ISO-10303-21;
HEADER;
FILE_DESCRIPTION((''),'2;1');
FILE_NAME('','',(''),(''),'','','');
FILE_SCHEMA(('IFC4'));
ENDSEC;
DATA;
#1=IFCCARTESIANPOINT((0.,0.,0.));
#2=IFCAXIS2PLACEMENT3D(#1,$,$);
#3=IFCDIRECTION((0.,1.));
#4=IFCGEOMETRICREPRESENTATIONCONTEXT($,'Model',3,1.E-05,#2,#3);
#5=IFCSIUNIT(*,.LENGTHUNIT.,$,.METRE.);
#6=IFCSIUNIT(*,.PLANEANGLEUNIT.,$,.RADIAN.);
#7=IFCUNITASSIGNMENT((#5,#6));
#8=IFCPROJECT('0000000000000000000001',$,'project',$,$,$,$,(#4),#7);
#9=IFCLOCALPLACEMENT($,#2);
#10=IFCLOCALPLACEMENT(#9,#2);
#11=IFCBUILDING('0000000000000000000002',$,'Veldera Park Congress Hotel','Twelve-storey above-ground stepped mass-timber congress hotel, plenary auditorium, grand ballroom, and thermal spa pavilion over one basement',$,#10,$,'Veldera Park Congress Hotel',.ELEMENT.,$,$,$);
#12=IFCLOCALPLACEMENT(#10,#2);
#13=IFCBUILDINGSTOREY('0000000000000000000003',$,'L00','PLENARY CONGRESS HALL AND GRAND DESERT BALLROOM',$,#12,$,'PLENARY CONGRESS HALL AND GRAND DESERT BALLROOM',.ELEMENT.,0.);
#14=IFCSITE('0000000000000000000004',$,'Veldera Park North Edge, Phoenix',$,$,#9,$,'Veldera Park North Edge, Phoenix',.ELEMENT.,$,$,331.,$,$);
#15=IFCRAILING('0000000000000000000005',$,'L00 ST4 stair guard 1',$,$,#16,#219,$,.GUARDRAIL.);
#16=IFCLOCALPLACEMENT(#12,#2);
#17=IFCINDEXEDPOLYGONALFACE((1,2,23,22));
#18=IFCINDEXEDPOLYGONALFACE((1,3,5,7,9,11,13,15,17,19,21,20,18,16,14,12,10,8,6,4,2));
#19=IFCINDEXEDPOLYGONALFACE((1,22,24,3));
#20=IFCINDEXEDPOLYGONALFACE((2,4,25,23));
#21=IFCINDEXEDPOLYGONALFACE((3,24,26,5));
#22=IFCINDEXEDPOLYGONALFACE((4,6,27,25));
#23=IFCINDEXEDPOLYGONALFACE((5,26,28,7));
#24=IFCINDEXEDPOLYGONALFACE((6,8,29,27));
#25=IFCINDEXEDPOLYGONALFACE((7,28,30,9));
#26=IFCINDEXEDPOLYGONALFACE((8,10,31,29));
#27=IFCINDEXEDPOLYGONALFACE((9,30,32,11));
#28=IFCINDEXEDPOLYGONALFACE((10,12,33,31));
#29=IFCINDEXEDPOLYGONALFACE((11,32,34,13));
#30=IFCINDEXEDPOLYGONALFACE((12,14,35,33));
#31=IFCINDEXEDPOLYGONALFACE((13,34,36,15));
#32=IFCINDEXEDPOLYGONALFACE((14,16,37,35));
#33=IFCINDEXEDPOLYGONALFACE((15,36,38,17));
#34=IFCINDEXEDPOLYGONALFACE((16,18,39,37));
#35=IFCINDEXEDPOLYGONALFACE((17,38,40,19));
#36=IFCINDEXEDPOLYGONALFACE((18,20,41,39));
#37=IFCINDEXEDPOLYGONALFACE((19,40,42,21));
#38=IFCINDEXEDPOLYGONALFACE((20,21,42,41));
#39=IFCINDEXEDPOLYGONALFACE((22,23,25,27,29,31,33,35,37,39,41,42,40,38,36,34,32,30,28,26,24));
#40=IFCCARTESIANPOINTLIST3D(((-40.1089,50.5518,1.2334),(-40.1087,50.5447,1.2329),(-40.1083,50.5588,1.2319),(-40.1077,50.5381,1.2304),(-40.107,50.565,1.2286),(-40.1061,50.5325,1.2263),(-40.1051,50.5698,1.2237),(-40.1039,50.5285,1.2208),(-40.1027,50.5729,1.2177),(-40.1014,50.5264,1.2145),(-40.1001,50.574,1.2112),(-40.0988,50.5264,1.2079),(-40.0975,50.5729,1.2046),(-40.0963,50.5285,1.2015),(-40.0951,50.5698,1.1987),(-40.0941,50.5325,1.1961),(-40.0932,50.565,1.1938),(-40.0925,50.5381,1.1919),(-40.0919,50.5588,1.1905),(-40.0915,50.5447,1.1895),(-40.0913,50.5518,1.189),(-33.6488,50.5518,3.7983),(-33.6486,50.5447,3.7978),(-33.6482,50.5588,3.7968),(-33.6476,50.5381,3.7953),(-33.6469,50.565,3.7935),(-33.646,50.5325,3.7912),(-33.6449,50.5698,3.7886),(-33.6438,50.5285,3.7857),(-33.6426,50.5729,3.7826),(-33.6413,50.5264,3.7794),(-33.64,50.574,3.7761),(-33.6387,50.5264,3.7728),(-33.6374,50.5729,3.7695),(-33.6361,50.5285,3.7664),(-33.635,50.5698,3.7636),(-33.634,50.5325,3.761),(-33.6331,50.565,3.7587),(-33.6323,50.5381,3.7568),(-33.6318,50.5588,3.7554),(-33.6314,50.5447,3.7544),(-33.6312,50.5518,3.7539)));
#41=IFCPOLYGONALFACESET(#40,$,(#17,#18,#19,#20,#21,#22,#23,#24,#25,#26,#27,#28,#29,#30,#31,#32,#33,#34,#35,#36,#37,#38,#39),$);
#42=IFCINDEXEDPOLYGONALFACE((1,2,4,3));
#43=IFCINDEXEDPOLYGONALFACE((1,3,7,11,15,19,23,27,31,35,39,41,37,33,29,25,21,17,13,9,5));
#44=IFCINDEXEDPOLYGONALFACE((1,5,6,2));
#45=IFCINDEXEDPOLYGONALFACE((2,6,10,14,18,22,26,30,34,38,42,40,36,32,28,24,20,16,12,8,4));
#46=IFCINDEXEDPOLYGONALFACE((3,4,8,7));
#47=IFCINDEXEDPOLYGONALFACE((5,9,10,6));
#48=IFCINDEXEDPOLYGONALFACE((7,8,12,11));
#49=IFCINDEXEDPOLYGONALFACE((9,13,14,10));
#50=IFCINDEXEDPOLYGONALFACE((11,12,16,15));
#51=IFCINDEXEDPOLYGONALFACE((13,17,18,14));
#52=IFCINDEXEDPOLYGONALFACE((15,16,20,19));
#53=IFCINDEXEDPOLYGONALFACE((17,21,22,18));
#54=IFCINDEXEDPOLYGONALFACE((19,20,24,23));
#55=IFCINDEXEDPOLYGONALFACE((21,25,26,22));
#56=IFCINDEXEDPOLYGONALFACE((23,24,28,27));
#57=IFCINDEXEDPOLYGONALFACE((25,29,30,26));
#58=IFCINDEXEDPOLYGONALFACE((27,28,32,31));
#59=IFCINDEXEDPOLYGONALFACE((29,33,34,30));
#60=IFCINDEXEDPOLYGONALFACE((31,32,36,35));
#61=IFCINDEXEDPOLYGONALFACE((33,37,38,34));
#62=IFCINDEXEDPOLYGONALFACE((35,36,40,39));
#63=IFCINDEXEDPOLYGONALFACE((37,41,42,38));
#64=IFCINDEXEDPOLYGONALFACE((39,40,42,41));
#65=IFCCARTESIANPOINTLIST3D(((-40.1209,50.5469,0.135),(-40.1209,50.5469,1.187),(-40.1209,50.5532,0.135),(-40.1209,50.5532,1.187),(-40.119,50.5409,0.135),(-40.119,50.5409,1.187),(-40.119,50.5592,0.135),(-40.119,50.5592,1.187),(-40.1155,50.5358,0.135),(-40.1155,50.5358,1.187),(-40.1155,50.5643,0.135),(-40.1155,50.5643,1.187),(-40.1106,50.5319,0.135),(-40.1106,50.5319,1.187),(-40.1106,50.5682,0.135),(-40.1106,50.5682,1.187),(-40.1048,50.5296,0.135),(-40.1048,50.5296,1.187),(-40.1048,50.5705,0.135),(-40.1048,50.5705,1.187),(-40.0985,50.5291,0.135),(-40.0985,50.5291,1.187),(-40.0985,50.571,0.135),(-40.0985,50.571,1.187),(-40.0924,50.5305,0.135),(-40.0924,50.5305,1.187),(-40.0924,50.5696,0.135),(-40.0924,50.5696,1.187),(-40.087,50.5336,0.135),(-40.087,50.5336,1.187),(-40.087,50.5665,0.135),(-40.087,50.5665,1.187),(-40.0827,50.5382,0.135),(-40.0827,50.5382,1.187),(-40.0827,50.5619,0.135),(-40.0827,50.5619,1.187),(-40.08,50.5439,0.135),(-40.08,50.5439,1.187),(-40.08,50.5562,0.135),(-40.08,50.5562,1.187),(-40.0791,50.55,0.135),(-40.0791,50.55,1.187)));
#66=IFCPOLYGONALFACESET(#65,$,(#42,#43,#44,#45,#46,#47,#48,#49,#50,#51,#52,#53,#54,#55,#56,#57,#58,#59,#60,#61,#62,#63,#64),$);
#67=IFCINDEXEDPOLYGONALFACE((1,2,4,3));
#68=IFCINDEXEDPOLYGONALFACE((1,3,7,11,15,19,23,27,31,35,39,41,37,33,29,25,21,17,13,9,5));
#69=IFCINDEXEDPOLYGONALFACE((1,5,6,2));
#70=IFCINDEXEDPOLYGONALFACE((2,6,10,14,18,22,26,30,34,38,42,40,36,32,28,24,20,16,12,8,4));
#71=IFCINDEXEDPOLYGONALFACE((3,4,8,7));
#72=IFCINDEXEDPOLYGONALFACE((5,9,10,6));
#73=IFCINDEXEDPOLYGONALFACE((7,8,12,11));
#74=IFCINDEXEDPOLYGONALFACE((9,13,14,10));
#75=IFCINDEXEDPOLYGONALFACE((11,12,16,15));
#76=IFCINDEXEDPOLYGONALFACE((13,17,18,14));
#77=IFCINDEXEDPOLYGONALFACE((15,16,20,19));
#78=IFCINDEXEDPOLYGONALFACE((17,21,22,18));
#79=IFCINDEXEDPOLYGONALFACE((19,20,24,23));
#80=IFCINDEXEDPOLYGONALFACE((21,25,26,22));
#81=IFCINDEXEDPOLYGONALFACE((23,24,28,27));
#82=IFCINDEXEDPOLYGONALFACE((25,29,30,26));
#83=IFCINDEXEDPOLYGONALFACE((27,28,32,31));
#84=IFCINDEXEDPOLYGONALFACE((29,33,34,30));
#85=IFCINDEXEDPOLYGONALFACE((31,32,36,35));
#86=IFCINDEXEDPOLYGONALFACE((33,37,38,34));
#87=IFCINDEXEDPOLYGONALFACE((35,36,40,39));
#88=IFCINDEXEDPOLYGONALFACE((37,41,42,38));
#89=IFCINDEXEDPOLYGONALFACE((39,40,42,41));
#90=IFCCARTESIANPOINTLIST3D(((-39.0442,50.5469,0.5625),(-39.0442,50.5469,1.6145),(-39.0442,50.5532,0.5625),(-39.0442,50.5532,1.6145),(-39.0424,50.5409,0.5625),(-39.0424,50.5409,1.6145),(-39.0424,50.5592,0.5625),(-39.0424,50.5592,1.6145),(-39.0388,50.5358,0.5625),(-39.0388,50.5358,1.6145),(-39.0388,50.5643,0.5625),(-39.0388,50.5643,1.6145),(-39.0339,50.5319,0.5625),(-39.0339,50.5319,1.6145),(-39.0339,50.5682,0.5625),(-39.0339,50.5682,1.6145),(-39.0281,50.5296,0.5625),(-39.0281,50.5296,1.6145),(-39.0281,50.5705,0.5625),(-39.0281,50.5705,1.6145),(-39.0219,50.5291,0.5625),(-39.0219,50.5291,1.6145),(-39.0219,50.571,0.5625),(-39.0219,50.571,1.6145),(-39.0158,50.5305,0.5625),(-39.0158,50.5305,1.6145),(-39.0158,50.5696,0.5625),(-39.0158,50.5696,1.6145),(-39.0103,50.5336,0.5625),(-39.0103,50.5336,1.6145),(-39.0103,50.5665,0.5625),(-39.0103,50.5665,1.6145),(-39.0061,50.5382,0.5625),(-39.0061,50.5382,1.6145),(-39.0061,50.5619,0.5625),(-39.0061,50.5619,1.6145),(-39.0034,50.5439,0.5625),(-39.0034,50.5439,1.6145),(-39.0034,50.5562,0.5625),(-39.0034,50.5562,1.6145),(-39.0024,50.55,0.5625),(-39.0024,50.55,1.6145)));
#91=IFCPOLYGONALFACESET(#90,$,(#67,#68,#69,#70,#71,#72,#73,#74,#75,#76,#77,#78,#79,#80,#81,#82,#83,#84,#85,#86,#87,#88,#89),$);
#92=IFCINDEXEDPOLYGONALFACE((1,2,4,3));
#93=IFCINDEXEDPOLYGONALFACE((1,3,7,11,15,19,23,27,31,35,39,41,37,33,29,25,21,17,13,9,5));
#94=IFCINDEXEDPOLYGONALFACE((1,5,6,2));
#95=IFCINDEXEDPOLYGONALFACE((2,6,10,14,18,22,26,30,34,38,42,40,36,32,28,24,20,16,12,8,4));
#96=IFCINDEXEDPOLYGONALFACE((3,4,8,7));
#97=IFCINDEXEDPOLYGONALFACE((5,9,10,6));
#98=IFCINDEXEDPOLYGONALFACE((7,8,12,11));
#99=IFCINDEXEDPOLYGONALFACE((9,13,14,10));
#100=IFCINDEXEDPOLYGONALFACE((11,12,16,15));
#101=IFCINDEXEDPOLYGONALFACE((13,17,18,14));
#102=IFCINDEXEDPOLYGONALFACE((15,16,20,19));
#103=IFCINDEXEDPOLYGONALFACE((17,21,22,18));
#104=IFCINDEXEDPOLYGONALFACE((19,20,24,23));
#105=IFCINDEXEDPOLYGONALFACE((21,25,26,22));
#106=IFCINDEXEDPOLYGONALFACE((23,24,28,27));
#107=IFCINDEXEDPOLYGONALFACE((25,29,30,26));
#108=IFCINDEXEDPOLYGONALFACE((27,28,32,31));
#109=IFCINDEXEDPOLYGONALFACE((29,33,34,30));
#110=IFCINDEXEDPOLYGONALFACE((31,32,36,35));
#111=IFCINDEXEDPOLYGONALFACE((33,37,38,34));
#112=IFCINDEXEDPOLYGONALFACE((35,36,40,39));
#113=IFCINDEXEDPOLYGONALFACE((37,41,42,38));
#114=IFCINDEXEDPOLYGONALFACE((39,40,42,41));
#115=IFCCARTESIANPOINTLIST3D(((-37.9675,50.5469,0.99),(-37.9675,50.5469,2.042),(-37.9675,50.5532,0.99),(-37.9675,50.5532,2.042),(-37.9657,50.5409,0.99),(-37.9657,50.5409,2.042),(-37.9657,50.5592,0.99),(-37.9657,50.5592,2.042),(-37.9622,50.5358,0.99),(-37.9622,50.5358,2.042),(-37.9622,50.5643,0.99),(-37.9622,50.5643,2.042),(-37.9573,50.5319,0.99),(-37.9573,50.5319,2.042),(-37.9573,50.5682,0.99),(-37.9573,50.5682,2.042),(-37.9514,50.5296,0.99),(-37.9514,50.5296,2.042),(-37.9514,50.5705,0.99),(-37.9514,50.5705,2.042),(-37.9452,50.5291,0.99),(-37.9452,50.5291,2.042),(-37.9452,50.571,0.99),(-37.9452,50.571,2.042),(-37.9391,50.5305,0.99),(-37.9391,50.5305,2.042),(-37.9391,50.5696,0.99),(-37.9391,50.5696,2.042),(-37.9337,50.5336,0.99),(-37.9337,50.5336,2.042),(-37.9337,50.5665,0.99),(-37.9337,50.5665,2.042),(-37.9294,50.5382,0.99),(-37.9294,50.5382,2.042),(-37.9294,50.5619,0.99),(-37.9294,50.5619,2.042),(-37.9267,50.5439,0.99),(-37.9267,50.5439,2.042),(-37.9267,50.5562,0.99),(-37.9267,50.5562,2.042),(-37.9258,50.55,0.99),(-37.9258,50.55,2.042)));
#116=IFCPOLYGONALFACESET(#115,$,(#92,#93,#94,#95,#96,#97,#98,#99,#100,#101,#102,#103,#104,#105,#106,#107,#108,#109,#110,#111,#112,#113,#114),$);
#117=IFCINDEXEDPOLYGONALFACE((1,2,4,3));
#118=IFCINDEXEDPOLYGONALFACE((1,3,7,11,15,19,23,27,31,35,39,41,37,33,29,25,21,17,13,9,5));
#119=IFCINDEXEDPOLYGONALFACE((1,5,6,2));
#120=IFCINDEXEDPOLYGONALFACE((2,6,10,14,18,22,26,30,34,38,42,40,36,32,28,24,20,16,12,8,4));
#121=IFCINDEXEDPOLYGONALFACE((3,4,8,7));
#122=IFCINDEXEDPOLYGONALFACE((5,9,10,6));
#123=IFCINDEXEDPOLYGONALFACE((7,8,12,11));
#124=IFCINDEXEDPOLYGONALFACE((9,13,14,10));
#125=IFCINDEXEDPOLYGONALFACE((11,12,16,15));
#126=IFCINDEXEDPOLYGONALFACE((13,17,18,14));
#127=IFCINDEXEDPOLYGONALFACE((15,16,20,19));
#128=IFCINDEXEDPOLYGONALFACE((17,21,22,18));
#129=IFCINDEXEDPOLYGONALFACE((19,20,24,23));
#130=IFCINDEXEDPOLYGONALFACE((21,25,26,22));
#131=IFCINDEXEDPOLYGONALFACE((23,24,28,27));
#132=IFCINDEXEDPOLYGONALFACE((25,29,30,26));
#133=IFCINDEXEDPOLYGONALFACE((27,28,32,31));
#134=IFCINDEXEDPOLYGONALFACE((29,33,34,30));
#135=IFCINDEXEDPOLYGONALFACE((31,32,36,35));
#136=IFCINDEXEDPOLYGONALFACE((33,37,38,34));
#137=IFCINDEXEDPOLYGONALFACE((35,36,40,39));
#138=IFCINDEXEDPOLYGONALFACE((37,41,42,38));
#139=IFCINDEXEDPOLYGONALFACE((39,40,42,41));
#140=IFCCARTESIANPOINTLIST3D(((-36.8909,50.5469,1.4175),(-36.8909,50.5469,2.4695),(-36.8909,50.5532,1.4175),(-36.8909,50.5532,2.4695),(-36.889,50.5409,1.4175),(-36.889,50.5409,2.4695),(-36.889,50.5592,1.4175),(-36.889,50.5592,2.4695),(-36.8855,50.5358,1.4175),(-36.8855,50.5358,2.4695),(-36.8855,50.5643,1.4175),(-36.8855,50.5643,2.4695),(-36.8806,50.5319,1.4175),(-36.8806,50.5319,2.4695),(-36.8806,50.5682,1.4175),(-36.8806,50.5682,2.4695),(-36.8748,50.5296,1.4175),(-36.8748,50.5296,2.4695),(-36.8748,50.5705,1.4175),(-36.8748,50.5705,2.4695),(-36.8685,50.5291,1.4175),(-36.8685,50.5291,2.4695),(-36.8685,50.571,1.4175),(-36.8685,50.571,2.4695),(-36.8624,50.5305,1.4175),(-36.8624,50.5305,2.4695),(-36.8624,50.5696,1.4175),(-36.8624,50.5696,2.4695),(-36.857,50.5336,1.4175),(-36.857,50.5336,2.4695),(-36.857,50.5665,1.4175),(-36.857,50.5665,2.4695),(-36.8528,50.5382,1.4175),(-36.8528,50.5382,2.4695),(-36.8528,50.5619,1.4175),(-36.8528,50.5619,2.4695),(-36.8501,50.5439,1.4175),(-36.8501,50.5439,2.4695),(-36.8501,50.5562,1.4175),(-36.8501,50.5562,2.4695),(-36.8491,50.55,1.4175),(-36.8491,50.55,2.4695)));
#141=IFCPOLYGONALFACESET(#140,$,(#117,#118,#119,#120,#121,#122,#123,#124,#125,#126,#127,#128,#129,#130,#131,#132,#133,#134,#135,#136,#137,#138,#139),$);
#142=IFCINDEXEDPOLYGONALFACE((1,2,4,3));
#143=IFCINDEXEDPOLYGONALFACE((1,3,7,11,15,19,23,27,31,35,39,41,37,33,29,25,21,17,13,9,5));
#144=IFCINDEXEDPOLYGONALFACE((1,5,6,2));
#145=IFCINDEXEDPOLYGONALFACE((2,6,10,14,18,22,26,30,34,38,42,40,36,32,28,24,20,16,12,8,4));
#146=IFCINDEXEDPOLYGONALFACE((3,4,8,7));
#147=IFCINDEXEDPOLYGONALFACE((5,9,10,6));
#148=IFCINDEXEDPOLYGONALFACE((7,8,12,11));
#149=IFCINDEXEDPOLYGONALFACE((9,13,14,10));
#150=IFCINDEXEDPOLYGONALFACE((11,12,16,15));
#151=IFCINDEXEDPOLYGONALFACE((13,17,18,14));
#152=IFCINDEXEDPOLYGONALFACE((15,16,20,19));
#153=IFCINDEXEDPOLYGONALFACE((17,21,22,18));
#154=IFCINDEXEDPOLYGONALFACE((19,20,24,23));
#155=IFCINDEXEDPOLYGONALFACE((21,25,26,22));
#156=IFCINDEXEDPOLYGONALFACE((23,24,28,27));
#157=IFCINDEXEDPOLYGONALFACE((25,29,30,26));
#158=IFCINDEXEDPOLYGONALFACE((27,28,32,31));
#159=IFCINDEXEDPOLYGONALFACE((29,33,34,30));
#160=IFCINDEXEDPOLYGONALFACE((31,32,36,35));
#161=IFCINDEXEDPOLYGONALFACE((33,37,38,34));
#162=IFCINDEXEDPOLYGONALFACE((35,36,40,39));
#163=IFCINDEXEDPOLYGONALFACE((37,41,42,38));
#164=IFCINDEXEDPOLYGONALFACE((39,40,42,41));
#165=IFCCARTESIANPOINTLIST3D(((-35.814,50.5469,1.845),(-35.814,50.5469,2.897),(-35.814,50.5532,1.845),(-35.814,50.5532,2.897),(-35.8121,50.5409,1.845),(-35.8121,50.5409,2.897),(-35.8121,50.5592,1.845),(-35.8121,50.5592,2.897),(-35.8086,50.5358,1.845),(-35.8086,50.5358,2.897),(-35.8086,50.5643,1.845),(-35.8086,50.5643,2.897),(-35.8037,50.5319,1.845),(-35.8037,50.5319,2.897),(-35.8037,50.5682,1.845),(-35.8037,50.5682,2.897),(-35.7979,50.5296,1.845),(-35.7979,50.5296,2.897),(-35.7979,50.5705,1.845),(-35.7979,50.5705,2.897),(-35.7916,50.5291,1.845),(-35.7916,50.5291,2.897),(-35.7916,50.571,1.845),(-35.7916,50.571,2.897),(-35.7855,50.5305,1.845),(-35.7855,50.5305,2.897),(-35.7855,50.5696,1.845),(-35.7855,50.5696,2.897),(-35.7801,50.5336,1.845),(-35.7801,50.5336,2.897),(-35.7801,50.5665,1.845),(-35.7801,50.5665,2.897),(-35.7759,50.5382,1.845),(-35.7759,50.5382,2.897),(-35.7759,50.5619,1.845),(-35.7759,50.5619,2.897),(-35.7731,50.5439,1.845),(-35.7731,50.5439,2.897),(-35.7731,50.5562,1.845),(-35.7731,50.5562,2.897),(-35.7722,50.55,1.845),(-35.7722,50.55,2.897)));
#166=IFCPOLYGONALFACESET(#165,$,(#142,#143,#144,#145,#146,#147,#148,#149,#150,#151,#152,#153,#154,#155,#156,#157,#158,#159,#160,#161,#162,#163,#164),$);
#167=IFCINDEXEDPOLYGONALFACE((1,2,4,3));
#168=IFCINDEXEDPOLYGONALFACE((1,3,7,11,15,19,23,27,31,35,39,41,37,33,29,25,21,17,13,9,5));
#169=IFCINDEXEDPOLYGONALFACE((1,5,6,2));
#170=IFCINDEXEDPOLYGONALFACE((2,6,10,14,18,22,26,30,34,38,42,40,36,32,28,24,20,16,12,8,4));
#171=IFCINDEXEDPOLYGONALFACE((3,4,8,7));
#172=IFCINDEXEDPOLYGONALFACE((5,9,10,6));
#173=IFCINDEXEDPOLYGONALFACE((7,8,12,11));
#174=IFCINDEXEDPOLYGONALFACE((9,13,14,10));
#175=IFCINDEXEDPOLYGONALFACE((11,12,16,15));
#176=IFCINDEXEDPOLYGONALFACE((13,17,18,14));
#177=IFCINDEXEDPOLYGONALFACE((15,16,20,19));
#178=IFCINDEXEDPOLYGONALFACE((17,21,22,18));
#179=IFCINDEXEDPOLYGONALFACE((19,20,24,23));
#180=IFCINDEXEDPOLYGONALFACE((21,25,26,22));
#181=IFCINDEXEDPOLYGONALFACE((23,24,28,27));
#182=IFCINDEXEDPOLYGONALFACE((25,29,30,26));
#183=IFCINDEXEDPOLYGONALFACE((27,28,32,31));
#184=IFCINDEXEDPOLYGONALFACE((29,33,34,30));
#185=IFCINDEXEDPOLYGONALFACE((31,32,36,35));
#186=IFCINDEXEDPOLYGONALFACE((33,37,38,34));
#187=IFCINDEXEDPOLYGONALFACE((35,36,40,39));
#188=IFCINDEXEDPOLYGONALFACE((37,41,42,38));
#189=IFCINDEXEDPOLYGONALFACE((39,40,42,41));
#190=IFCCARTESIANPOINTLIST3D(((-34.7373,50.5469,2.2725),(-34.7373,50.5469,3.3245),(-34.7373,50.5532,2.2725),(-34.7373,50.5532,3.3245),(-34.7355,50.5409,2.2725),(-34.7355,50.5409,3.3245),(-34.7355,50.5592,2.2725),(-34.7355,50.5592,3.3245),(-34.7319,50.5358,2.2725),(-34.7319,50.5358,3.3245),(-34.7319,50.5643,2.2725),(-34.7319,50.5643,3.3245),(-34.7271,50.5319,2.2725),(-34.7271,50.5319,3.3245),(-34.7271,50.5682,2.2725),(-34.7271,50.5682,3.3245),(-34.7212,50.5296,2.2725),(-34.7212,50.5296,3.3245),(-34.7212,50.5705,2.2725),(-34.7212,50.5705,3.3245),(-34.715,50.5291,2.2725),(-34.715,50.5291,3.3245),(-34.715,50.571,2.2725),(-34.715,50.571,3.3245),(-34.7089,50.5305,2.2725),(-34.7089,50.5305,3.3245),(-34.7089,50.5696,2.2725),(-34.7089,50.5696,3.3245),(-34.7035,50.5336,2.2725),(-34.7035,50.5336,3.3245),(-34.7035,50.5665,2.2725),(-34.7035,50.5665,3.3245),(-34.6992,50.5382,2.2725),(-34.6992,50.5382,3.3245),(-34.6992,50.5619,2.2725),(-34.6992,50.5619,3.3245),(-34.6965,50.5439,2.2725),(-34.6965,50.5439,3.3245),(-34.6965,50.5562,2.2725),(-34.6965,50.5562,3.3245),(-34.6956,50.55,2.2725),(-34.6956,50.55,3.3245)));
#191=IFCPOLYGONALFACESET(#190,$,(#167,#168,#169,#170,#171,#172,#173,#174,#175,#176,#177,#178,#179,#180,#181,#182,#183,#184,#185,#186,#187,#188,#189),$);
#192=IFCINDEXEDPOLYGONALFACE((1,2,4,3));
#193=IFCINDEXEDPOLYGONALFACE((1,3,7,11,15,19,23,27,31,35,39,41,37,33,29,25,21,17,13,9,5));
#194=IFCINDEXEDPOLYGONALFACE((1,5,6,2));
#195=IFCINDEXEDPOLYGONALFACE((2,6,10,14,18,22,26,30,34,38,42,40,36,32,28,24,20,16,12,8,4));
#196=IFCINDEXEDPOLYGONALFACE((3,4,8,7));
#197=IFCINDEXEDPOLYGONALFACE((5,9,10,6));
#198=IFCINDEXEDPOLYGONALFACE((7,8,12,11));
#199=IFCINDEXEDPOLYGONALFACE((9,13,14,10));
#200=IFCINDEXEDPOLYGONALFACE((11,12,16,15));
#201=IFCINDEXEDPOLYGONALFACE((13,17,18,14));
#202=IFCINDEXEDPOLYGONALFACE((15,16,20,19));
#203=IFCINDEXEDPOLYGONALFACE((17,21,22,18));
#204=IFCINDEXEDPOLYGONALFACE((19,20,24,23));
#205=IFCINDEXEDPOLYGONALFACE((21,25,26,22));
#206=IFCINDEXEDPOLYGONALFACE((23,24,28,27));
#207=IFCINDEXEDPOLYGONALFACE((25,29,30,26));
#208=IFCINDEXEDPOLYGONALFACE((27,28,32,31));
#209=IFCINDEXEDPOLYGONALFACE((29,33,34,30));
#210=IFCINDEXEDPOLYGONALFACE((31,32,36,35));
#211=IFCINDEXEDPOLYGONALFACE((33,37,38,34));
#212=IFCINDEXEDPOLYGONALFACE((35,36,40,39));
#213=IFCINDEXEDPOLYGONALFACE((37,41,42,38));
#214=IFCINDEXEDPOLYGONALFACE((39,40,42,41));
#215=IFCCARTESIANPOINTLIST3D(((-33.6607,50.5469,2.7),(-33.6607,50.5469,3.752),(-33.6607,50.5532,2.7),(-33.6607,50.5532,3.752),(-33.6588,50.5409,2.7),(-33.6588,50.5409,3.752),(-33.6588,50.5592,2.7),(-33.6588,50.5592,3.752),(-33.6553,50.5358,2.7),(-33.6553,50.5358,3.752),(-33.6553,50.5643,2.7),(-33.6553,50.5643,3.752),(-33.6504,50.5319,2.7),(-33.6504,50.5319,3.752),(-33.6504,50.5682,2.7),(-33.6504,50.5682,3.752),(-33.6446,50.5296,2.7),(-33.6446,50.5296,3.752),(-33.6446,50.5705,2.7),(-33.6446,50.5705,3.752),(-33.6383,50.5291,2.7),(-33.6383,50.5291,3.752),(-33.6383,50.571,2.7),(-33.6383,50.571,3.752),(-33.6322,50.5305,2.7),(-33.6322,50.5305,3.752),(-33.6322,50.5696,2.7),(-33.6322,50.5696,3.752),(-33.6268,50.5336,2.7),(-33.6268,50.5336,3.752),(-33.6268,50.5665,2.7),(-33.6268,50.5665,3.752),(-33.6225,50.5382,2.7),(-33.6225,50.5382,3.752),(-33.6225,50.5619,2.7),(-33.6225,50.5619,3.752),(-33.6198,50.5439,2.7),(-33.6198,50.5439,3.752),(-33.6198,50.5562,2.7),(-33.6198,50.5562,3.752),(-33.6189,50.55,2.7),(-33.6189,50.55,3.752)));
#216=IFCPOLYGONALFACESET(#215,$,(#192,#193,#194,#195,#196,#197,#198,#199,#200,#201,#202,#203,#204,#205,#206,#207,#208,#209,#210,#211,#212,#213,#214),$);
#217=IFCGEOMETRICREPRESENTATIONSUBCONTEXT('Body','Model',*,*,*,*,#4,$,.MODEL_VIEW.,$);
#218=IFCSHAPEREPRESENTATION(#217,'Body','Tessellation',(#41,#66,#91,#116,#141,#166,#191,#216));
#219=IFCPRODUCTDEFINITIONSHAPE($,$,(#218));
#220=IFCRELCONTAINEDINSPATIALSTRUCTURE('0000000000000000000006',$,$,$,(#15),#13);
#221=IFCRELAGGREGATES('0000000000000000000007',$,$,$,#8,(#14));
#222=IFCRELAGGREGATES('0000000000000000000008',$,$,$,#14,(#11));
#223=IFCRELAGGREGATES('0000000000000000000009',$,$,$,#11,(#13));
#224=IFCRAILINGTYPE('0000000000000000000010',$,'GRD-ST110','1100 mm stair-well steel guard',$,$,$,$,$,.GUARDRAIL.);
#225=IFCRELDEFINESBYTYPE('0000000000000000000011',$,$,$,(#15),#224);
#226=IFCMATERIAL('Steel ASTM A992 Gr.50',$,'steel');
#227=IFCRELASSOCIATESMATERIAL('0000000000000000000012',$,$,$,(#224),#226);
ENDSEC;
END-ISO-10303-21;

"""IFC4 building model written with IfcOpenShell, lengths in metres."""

from ifc_helpers import new_model, si_unit, direction, frame, origin, origin_2d, place, context, subcontext, project, spatial, circle, extrude, material, type_object, element, save


model = new_model("IFC4")

# Units and contexts
model_context = context("Model", 3, precision=1e-05, world=origin(), true_north=direction((0.0, 1.0)))
body_context = subcontext(model_context, "Body", "Model", "MODEL_VIEW")
ifc_project = project(units=[si_unit("LENGTHUNIT", "METRE"), si_unit("PLANEANGLEUNIT", "RADIAN")], contexts=[model_context])

# Site, building, storey
site_placement = place(None, origin())
site = spatial("IfcSite", under=ifc_project, at=site_placement, Name="Veldera Park North Edge, Phoenix", LongName="Veldera Park North Edge, Phoenix", CompositionType="ELEMENT", RefElevation=331.0)
building_placement = place(site_placement, origin())
building = spatial("IfcBuilding", under=site, at=building_placement, Name="Veldera Park Congress Hotel", Description="Twelve-storey above-ground stepped mass-timber congress hotel, plenary auditorium, grand ballroom, and thermal spa pavilion over one basement", LongName="Veldera Park Congress Hotel", CompositionType="ELEMENT")
storey_placement = place(building_placement, origin())
storey = spatial("IfcBuildingStorey", under=building, at=storey_placement, Name="L00", Description="PLENARY CONGRESS HALL AND GRAND DESERT BALLROOM", LongName="PLENARY CONGRESS HALL AND GRAND DESERT BALLROOM", CompositionType="ELEMENT", Elevation=0.0)

# Shared definitions
ifc_material_1 = material(Name="Steel ASTM A992 Gr.50", Category="steel")

# Railing
railing_type_1 = type_object("IfcRailingType", Name="GRD-ST110", Description="1100 mm stair-well steel guard", PredefinedType="GUARDRAIL", material=ifc_material_1)
railing_1_placement = place(storey_placement, frame((-40.1001, 50.55, 0.135)))
element("IfcRailing", 1, at=railing_1_placement, inside=storey, type_object=railing_type_1, Name="L00 ST4 stair guard 1", PredefinedType="GUARDRAIL", context=body_context, shape_type="SweptSolid", body=[
    extrude(circle(Radius=0.0239, at=origin_2d()), frame((0.0, 0.0, 1.0762), z_axis=(0.929423, 0.0, 0.369016), x_axis=(0.0, 1.0, 0.0)), (0.0, 0.0, 1.0), 6.9507),
    extrude(circle(Radius=0.021, at=origin_2d()), origin(), (0.0, 0.0, 1.0), 1.052),
    extrude(circle(Radius=0.021, at=origin_2d()), frame((1.0767, 0.0, 0.4275)), (0.0, 0.0, 1.0), 1.052),
    extrude(circle(Radius=0.021, at=origin_2d()), frame((2.1533, 0.0, 0.855)), (0.0, 0.0, 1.0), 1.052),
    extrude(circle(Radius=0.021, at=origin_2d()), frame((3.23, 0.0, 1.2825)), (0.0, 0.0, 1.0), 1.052),
    extrude(circle(Radius=0.021, at=origin_2d()), frame((4.3069, 0.0, 1.71)), (0.0, 0.0, 1.0), 1.052),
    extrude(circle(Radius=0.021, at=origin_2d()), frame((5.3835, 0.0, 2.1375)), (0.0, 0.0, 1.0), 1.052),
    extrude(circle(Radius=0.021, at=origin_2d()), frame((6.4602, 0.0, 2.5649)), (0.0, 0.0, 1.0), 1.052),
])

save(model, "model.ifc")
